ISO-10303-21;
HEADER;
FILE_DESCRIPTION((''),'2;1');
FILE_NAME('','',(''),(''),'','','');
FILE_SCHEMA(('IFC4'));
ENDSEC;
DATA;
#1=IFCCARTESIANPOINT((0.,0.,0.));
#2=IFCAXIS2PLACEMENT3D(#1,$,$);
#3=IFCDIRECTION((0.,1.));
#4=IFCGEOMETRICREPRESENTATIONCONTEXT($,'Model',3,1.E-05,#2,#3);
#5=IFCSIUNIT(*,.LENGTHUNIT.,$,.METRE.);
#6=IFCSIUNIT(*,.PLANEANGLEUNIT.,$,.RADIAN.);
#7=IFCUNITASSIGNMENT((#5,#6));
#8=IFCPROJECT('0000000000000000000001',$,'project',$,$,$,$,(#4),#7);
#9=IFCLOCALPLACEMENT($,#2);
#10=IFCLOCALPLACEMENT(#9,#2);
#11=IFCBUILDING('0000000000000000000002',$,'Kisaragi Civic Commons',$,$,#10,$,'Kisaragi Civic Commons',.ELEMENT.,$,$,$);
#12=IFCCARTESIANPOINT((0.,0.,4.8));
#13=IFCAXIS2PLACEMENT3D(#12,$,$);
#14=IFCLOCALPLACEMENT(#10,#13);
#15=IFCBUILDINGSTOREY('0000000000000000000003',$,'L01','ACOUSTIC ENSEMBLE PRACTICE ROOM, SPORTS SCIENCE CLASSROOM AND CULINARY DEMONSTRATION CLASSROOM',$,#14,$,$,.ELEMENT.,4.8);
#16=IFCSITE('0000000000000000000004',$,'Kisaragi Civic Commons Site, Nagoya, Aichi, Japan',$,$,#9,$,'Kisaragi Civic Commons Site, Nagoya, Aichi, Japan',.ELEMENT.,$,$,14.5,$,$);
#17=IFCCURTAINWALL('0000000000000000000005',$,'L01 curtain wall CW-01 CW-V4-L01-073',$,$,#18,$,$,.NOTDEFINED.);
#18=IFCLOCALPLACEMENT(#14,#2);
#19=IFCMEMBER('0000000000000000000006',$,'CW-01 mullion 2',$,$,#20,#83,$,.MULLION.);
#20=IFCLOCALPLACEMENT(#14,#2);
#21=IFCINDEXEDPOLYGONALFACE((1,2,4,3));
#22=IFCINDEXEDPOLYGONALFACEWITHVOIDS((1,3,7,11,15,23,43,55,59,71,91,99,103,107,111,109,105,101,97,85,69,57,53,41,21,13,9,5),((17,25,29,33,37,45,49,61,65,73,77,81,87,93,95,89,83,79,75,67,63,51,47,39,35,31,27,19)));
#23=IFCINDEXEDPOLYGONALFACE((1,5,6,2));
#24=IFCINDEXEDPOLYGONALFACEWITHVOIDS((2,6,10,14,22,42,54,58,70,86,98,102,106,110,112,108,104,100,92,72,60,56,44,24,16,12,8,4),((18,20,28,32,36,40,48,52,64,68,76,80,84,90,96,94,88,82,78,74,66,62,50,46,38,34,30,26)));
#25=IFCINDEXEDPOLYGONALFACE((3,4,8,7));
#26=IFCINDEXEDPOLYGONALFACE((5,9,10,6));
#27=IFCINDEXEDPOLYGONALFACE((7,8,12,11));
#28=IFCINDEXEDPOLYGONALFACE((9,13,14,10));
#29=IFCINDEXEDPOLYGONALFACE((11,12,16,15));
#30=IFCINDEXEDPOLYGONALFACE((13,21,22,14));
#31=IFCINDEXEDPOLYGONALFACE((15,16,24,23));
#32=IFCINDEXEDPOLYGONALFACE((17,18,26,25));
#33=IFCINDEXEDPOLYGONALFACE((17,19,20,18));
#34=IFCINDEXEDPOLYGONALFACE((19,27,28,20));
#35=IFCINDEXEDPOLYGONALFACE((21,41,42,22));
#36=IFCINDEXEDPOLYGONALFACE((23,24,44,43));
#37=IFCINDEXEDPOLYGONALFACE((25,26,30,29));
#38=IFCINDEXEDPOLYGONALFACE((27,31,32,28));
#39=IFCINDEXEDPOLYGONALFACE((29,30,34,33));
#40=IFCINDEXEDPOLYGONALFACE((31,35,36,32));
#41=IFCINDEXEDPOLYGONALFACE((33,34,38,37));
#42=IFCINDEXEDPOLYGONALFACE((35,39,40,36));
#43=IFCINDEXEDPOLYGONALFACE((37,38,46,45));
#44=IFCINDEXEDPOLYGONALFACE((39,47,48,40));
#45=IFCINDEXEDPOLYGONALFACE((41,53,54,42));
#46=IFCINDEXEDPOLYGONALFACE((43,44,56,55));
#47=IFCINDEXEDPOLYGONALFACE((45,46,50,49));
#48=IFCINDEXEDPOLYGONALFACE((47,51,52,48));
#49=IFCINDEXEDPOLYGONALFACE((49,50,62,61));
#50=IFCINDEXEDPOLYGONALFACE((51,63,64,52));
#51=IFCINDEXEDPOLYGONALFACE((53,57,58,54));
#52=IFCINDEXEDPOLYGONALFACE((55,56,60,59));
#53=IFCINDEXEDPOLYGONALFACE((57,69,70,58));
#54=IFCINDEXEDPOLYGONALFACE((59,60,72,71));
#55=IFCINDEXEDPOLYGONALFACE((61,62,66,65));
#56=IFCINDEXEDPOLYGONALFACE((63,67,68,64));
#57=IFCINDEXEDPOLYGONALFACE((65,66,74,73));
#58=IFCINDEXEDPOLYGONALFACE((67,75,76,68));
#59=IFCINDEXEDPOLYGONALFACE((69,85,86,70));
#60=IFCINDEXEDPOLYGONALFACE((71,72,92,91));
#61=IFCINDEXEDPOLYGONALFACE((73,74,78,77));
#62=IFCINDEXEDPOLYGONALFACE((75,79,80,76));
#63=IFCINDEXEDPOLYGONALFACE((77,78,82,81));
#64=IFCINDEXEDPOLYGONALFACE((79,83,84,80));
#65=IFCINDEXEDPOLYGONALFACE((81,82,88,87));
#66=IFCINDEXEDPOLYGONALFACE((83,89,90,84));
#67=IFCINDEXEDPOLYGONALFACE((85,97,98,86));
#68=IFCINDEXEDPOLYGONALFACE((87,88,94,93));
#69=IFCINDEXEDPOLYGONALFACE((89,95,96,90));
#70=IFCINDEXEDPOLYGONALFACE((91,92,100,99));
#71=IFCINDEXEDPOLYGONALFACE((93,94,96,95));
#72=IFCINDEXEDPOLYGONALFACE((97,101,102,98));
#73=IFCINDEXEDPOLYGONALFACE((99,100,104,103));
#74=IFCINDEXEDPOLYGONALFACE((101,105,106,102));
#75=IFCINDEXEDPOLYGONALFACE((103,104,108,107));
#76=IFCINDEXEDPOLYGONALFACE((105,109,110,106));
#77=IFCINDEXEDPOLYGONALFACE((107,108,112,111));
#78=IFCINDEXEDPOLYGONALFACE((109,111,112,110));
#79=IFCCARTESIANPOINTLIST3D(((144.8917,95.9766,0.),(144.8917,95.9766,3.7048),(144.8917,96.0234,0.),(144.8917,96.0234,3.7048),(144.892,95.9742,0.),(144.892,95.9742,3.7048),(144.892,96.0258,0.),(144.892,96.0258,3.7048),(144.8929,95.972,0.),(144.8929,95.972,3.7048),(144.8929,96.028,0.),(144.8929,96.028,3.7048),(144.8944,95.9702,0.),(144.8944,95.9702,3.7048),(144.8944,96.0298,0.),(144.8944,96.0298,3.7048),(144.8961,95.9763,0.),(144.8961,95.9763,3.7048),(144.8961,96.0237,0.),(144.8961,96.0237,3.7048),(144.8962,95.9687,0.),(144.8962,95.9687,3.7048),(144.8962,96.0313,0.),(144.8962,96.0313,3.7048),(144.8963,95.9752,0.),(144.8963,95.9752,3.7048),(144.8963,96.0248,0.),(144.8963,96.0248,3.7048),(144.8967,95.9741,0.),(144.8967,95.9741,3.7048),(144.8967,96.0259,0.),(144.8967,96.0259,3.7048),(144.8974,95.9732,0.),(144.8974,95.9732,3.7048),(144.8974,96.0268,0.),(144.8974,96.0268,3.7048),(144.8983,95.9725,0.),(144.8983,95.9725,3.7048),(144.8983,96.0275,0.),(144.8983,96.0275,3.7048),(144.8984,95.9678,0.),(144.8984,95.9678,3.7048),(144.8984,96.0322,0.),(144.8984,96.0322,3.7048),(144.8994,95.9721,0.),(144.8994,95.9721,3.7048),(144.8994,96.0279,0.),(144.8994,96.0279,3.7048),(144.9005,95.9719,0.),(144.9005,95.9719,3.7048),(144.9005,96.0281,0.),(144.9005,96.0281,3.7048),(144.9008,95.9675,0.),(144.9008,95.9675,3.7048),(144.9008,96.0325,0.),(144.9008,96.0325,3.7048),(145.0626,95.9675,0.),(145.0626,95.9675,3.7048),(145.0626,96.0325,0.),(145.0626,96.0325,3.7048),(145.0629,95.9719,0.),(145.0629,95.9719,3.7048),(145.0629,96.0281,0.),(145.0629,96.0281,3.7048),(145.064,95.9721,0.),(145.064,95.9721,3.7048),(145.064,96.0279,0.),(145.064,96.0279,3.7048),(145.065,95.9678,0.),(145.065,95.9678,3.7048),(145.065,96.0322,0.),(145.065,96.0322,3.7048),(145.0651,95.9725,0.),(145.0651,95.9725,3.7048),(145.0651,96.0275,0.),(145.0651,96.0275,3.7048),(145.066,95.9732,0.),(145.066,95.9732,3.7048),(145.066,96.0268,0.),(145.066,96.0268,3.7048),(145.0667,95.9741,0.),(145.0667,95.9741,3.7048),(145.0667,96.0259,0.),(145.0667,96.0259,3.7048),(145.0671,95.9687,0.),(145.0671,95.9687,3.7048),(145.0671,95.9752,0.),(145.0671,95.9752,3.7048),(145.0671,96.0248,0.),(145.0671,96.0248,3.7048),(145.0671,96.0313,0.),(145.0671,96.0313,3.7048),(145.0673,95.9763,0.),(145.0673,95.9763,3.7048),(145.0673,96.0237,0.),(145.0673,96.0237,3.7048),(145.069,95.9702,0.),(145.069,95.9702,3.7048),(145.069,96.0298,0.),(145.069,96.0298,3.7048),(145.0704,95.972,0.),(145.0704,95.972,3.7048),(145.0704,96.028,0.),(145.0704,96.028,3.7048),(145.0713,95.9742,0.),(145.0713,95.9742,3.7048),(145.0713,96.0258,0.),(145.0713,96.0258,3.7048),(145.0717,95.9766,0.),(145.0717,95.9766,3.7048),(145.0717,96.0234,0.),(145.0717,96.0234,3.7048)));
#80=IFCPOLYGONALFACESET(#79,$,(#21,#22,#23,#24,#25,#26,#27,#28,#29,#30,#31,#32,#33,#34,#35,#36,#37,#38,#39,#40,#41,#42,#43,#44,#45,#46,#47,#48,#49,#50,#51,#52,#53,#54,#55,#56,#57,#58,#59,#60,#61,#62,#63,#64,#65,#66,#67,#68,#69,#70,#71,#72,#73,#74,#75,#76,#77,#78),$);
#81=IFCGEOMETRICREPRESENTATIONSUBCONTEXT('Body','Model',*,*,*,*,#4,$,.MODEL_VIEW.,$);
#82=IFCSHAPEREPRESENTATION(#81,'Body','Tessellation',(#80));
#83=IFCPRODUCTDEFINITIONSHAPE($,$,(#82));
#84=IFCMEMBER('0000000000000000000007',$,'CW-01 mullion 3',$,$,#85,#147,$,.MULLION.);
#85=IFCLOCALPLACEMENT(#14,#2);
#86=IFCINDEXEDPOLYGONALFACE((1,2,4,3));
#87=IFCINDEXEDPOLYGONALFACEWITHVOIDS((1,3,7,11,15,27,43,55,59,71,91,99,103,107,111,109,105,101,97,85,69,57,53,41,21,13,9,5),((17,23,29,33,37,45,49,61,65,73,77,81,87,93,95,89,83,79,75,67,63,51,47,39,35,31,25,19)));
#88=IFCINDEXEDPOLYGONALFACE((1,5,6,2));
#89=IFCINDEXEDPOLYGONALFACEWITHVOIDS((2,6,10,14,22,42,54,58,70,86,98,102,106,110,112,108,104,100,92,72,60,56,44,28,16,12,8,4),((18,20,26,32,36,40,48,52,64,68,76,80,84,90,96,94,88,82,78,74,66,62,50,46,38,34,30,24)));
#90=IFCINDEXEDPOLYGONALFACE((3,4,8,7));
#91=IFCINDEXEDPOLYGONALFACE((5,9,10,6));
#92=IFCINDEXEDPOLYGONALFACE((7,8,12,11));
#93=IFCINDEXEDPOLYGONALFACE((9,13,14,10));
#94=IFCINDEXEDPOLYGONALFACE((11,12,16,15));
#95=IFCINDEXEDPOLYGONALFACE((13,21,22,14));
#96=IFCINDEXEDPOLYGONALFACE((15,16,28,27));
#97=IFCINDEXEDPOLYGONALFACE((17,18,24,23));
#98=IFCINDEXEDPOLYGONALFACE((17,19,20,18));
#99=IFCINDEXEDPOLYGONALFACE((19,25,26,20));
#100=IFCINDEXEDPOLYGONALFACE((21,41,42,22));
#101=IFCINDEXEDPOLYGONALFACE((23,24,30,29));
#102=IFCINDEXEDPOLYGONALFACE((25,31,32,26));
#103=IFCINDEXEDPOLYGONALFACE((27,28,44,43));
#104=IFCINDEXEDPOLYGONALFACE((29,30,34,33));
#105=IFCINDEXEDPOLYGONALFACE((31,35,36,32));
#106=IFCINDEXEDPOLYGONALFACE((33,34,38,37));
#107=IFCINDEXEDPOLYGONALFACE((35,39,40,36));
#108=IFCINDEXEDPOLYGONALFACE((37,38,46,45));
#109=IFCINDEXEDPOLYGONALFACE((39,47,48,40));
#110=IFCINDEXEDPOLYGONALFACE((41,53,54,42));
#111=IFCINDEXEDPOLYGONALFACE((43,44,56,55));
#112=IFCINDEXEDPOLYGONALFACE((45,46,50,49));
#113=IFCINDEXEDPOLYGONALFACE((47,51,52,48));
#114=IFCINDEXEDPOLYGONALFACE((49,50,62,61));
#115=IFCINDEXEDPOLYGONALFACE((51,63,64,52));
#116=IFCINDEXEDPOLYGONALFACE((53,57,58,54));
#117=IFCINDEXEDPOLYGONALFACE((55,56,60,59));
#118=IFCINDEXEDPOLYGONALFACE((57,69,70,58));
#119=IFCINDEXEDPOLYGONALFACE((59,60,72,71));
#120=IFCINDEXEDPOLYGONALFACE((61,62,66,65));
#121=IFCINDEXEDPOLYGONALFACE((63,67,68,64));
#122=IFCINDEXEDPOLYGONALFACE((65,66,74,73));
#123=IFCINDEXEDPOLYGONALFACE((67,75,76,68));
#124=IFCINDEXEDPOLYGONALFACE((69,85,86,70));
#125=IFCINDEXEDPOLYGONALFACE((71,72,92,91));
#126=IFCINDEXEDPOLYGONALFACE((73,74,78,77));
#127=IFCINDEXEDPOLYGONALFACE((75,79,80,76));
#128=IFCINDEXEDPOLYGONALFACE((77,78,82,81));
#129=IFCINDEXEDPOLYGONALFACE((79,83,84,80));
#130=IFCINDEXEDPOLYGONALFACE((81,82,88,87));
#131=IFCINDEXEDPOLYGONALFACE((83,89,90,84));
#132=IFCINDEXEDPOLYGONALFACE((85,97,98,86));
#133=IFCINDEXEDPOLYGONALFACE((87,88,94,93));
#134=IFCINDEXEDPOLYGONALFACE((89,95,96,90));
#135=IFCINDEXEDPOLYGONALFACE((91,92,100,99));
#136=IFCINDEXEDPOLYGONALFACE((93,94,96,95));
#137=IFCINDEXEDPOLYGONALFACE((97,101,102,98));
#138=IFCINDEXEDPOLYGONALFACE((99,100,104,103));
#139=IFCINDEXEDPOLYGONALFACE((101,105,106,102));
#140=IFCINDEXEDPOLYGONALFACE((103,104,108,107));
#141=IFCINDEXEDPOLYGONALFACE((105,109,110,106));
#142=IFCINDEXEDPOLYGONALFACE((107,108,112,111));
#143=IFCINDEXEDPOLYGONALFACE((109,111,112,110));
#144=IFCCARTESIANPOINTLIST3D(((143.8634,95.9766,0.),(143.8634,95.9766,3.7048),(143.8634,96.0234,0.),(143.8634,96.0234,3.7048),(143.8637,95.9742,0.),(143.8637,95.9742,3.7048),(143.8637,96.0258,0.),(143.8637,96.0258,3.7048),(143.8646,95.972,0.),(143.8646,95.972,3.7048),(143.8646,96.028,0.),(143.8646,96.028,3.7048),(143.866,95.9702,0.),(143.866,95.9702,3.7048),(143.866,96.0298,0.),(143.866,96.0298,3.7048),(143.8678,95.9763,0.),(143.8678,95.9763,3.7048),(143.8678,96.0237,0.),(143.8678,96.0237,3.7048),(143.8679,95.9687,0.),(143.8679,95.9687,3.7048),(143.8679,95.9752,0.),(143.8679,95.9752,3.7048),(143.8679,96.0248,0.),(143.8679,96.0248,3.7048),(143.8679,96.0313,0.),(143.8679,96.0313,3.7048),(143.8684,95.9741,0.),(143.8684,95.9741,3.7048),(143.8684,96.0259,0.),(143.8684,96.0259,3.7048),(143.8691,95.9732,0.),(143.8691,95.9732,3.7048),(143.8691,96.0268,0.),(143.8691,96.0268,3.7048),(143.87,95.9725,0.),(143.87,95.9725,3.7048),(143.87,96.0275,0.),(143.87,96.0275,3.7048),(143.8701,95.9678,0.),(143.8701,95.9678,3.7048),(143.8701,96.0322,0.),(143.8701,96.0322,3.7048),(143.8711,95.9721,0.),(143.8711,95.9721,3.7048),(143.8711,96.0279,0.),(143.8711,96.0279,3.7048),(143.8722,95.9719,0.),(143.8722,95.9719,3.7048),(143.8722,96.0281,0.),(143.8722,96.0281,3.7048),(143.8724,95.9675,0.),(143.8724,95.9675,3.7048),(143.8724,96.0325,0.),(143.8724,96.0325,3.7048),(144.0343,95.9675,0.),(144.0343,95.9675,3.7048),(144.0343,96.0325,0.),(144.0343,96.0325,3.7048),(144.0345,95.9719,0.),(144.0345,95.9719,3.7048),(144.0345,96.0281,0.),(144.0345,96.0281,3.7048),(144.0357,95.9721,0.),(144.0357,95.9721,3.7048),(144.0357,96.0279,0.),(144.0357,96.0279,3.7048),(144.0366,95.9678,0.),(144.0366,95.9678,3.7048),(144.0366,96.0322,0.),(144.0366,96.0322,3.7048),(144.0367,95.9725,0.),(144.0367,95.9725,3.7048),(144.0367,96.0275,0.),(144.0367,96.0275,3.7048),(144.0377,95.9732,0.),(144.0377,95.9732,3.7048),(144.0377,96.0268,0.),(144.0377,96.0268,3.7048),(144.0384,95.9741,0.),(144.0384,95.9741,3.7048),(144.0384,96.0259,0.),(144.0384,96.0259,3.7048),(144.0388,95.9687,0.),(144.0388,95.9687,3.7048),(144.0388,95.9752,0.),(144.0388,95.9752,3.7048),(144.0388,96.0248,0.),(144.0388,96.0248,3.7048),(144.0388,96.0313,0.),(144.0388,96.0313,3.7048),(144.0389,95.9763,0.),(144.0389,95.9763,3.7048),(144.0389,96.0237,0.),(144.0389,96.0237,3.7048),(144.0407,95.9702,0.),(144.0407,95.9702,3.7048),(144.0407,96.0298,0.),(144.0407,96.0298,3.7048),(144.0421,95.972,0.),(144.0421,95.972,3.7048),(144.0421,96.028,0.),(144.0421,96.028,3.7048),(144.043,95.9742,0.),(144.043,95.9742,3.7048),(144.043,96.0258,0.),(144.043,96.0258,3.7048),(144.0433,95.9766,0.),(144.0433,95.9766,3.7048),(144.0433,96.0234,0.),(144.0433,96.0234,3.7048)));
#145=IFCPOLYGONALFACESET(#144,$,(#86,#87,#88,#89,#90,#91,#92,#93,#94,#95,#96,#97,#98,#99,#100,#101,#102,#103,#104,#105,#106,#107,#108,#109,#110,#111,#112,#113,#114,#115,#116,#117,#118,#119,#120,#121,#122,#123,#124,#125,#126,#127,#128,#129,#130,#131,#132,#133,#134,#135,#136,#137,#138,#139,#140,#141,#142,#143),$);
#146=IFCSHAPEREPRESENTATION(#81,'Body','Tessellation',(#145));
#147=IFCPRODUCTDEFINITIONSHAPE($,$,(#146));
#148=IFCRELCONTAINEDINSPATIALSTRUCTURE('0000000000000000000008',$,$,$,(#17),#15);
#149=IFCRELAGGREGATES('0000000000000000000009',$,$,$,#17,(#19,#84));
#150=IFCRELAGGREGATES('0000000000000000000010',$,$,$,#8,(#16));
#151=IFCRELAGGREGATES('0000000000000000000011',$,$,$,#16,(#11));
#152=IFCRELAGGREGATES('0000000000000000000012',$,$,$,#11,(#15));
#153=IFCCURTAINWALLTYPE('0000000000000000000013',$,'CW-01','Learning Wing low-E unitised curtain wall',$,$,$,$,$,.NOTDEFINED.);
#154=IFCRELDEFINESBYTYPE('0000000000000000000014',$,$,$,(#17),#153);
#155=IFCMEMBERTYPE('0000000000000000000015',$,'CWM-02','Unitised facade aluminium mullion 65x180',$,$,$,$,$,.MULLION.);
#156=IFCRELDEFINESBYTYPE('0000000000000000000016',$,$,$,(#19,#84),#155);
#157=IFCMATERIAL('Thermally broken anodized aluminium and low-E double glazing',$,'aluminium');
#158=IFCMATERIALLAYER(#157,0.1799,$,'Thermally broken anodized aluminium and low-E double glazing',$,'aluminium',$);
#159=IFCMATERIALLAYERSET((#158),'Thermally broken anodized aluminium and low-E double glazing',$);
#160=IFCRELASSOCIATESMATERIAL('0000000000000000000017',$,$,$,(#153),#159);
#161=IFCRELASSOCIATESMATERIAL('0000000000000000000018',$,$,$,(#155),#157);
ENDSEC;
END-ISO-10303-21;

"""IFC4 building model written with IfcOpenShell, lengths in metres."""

from ifc_helpers import new_model, si_unit, direction, frame, origin, origin_2d, place, context, subcontext, project, spatial, hollow_rectangle, extrude, material, layer, layer_set, material_profile, profile_set, type_object, element, aggregate, save


model = new_model("IFC4")

# Units and contexts
model_context = context("Model", 3, precision=1e-05, world=origin(), true_north=direction((0.0, 1.0)))
body_context = subcontext(model_context, "Body", "Model", "MODEL_VIEW")
ifc_project = project(units=[si_unit("LENGTHUNIT", "METRE"), si_unit("PLANEANGLEUNIT", "RADIAN")], contexts=[model_context])

# Site, building, storey
site_placement = place(None, origin())
site = spatial("IfcSite", under=ifc_project, at=site_placement, Name="Kisaragi Civic Commons Site, Nagoya, Aichi, Japan", LongName="Kisaragi Civic Commons Site, Nagoya, Aichi, Japan", CompositionType="ELEMENT", RefElevation=14.5)
building_placement = place(site_placement, origin())
building = spatial("IfcBuilding", under=site, at=building_placement, Name="Kisaragi Civic Commons", LongName="Kisaragi Civic Commons", CompositionType="ELEMENT")
storey_placement = place(building_placement, frame((0.0, 0.0, 4.8)))
storey = spatial("IfcBuildingStorey", under=building, at=storey_placement, Name="L01", Description="ACOUSTIC ENSEMBLE PRACTICE ROOM, SPORTS SCIENCE CLASSROOM AND CULINARY DEMONSTRATION CLASSROOM", CompositionType="ELEMENT", Elevation=4.8)

# Curtain wall, members
ifc_material = material(Name="Thermally broken anodized aluminium and low-E double glazing", Category="aluminium")
ifc_layer_1 = layer(ifc_material, 0.1799, Name="Thermally broken anodized aluminium and low-E double glazing", Category="aluminium")
ifc_layer_set_1 = layer_set([ifc_layer_1], Name="Thermally broken anodized aluminium and low-E double glazing")
curtain_wall_type = type_object("IfcCurtainWallType", Name="CW-01", Description="Learning Wing low-E unitised curtain wall", PredefinedType="NOTDEFINED", material=ifc_layer_set_1)
curtain_wall_placement = place(storey_placement, origin())
curtain_wall = element("IfcCurtainWall", 1, at=curtain_wall_placement, inside=storey, type_object=curtain_wall_type, Name="L01 curtain wall CW-01 CW-V4-L01-073", PredefinedType="NOTDEFINED")
ifc_material_profile_1 = material_profile(ifc_material, hollow_rectangle(XDim=0.0649, YDim=0.1799, WallThickness=0.0044, InnerFilletRadius=0.0044, OuterFilletRadius=0.009, at=origin_2d()), Name="CWM-65x180x4.5", Category="aluminium")
ifc_profile_set_1 = profile_set([ifc_material_profile_1], Name="Thermally broken anodized aluminium and low-E double glazing")
member_type_1 = type_object("IfcMemberType", Name="CWM-02", Description="Unitised facade aluminium mullion 65x180", PredefinedType="MULLION", material=ifc_profile_set_1)
member_1_placement = place(storey_placement, frame((144.9817, 96.0, 0.0), z_axis=(0.0, 0.0, 1.0), x_axis=(0.0, -1.0, 0.0)))
member_1 = element("IfcMember", 2, at=member_1_placement, type_object=member_type_1, Name="CW-01 mullion 2", PredefinedType="MULLION", context=body_context, shape_type="SweptSolid", body=[
    extrude(hollow_rectangle(XDim=0.0649, YDim=0.1799, WallThickness=0.0044, InnerFilletRadius=0.0044, OuterFilletRadius=0.009, at=origin_2d()), origin(), (0.0, 0.0, 1.0), 3.7048),
])
member_2_placement = place(storey_placement, frame((143.9534, 96.0, 0.0), z_axis=(0.0, 0.0, 1.0), x_axis=(0.0, -1.0, 0.0)))
member_2 = element("IfcMember", 3, at=member_2_placement, type_object=member_type_1, Name="CW-01 mullion 3", PredefinedType="MULLION", context=body_context, shape_type="SweptSolid", body=[
    extrude(hollow_rectangle(XDim=0.0649, YDim=0.1799, WallThickness=0.0044, InnerFilletRadius=0.0044, OuterFilletRadius=0.009, at=origin_2d()), origin(), (0.0, 0.0, 1.0), 3.7048),
])
aggregate(curtain_wall, [member_1, member_2])

save(model, "model.ifc")
